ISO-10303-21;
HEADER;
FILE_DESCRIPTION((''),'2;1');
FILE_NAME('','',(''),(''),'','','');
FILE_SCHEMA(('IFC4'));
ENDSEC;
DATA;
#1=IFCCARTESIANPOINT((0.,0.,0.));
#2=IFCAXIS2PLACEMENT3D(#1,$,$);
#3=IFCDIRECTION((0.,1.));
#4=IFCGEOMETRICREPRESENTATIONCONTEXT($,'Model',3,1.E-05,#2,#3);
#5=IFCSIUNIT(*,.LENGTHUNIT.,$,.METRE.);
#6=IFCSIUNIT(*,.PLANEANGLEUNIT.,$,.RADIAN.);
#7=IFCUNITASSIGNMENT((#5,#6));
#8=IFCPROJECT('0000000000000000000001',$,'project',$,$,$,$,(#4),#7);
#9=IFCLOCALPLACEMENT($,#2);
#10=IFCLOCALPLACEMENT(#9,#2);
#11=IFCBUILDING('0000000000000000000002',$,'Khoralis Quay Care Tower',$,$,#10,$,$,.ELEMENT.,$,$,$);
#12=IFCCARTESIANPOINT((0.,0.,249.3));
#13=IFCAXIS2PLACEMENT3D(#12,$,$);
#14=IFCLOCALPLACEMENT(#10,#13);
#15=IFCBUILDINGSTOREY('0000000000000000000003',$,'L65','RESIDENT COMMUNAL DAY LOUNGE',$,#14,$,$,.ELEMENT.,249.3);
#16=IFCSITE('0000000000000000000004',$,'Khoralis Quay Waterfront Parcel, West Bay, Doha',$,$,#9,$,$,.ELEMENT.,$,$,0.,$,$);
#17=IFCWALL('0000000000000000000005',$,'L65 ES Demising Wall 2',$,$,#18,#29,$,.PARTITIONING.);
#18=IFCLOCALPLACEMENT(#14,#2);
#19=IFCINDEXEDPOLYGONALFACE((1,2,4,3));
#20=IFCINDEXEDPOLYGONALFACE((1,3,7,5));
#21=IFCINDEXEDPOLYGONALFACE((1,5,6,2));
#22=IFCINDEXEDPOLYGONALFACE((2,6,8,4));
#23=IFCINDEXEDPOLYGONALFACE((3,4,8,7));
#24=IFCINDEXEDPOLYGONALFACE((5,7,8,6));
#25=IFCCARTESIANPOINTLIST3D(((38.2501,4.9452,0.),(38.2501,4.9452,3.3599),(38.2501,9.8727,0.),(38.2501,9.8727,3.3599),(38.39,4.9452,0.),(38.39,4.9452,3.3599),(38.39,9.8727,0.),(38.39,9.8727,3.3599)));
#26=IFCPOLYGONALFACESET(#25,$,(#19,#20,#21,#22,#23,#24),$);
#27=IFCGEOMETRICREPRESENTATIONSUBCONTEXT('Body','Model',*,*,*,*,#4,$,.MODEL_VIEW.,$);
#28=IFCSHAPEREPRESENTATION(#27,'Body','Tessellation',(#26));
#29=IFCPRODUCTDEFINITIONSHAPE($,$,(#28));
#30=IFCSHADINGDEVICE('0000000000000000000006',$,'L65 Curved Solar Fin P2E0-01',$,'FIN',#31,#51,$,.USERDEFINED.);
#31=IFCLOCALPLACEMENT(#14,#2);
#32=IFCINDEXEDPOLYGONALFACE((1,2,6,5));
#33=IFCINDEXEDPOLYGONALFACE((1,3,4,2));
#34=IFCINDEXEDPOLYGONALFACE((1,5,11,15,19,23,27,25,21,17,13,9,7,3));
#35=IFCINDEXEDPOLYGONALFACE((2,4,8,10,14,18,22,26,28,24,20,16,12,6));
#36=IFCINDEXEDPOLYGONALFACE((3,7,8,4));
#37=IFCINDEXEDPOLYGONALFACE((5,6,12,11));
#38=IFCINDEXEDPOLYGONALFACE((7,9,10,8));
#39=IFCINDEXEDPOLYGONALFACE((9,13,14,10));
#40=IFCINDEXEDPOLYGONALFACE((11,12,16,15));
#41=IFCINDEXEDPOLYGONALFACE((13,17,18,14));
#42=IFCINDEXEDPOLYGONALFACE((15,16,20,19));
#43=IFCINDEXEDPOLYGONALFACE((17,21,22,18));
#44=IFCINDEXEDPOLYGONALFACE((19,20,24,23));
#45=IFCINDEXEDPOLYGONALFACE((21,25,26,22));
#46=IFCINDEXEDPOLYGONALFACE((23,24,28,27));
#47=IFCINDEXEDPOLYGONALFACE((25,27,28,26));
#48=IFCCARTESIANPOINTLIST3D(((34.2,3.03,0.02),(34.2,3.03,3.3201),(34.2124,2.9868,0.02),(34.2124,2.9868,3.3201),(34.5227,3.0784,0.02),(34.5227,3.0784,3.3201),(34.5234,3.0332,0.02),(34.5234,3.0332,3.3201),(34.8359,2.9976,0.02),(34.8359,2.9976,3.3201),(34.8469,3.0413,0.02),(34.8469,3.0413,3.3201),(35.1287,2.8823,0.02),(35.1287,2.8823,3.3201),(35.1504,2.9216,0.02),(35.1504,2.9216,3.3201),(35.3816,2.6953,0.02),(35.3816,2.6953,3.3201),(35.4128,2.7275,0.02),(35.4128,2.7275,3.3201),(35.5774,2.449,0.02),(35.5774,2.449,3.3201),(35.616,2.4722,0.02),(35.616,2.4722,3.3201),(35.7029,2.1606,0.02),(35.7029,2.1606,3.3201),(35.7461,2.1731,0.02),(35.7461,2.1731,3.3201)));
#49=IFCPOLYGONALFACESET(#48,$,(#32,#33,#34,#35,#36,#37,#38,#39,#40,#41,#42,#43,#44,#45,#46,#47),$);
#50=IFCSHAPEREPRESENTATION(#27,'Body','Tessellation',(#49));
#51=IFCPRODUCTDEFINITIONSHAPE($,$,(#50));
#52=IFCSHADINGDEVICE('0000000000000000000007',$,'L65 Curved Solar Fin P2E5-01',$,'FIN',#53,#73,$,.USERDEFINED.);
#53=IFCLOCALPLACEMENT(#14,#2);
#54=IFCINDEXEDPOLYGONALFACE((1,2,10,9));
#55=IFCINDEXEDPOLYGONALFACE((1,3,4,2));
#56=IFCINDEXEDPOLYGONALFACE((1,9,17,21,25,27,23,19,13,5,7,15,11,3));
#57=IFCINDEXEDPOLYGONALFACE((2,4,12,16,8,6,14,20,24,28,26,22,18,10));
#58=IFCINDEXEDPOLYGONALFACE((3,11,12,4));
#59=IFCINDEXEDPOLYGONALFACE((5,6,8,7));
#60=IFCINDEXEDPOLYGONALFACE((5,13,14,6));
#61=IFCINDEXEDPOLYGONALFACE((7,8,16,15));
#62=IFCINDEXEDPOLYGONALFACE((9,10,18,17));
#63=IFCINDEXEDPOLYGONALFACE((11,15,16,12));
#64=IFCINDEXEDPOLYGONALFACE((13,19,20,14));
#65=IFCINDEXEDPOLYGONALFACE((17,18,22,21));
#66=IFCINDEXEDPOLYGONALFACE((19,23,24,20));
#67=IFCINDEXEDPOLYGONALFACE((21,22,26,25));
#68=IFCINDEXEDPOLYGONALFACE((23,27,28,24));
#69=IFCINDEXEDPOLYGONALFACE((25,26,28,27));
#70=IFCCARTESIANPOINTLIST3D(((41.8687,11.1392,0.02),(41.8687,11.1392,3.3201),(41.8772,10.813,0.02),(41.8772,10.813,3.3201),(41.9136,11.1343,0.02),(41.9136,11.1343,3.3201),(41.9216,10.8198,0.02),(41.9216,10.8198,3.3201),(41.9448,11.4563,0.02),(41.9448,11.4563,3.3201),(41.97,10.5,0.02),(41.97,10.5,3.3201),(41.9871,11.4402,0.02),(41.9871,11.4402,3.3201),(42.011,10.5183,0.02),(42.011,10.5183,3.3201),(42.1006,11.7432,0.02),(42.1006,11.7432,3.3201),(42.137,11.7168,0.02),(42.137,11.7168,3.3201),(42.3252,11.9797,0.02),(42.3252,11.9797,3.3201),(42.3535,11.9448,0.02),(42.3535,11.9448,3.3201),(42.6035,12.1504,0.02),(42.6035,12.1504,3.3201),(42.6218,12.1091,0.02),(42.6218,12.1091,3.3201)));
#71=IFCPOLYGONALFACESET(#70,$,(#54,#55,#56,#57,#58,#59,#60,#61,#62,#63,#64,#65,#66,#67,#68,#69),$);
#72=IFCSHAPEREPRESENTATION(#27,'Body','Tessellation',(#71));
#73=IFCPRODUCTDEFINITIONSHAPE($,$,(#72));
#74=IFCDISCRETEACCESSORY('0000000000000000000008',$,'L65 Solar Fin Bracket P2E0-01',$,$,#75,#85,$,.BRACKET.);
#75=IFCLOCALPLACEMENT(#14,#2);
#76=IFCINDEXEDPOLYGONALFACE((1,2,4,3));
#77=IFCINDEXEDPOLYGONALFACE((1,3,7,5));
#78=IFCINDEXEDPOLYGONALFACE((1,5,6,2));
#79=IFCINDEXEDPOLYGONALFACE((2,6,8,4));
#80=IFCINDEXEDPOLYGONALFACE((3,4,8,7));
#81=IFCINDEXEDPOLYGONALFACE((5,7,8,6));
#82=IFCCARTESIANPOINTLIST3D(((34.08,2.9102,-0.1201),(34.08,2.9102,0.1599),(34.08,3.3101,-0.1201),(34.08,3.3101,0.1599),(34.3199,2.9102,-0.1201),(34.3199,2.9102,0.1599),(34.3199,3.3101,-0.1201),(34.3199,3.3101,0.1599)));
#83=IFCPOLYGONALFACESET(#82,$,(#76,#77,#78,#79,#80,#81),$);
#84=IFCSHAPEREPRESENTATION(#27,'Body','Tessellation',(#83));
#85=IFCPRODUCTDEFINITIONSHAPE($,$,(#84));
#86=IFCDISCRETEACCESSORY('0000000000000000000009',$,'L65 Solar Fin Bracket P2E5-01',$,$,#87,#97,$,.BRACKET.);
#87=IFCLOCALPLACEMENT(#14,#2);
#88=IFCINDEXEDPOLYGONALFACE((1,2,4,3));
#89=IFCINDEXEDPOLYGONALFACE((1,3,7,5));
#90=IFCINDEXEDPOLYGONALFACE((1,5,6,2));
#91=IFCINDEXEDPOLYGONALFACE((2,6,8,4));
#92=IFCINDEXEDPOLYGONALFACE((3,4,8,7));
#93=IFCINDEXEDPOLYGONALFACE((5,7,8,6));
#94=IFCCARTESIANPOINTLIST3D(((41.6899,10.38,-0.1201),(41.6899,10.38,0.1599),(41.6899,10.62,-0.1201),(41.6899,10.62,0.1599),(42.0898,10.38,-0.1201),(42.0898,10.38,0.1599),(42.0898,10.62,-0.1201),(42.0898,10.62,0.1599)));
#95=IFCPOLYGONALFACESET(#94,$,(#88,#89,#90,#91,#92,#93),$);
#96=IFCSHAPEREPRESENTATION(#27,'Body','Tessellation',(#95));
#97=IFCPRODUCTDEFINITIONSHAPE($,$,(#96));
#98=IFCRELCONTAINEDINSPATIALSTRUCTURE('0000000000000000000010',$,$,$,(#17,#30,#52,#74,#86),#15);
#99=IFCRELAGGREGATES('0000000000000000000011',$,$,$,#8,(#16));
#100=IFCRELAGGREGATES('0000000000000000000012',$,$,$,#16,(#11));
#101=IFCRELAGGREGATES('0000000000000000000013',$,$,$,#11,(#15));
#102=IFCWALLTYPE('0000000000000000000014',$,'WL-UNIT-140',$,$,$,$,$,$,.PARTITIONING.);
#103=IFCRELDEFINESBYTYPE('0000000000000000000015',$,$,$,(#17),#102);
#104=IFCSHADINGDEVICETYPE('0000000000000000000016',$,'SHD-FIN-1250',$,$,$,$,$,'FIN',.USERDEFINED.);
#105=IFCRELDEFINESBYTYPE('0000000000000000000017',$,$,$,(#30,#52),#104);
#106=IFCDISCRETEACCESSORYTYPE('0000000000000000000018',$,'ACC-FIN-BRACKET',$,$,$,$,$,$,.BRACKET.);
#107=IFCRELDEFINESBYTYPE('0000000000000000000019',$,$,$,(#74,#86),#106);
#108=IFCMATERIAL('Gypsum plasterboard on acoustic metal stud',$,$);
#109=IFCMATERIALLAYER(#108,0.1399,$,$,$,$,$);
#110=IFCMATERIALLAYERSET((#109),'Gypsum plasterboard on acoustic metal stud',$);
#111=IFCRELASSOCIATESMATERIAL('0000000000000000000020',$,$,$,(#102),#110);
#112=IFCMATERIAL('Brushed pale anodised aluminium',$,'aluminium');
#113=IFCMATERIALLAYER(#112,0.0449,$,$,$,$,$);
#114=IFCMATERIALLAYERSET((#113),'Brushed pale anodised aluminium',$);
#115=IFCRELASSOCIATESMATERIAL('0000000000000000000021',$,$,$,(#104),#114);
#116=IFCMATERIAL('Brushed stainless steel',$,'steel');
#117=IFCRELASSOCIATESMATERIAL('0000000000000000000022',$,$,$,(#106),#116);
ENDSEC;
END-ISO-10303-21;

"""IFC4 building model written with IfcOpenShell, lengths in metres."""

from ifc_helpers import new_model, si_unit, direction, frame, frame_2d, origin, origin_2d, place, context, subcontext, project, spatial, polyline, rectangle, outline, extrude, source, transform, mapped, material, layer, layer_set, type_object, element, save


model = new_model("IFC4")

# Units and contexts
model_context = context("Model", 3, precision=1e-05, world=origin(), true_north=direction((0.0, 1.0)))
body_context = subcontext(model_context, "Body", "Model", "MODEL_VIEW")
ifc_project = project(units=[si_unit("LENGTHUNIT", "METRE"), si_unit("PLANEANGLEUNIT", "RADIAN")], contexts=[model_context])

# Site, building, storey
site_placement = place(None, origin())
site = spatial("IfcSite", under=ifc_project, at=site_placement, Name="Khoralis Quay Waterfront Parcel, West Bay, Doha", CompositionType="ELEMENT", RefElevation=0.0)
building_placement = place(site_placement, origin())
building = spatial("IfcBuilding", under=site, at=building_placement, Name="Khoralis Quay Care Tower", CompositionType="ELEMENT")
storey_placement = place(building_placement, frame((0.0, 0.0, 249.3)))
storey = spatial("IfcBuildingStorey", under=building, at=storey_placement, Name="L65", Description="RESIDENT COMMUNAL DAY LOUNGE", CompositionType="ELEMENT", Elevation=249.3)

# Shared definitions
ifc_material_1 = material(Name="Gypsum plasterboard on acoustic metal stud")

# Wall
ifc_layer_1 = layer(ifc_material_1, 0.1399)
ifc_layer_set_1 = layer_set([ifc_layer_1], Name="Gypsum plasterboard on acoustic metal stud")
wall_type_1 = type_object("IfcWallType", Name="WL-UNIT-140", PredefinedType="PARTITIONING", material=ifc_layer_set_1)
wall_1_placement = place(storey_placement, frame((38.3201, 4.9451, 0.0), z_axis=(0.0, 0.0, 1.0), x_axis=(0.0, 1.0, 0.0)))
element("IfcWall", 1, at=wall_1_placement, inside=storey, type_object=wall_type_1, Name="L65 ES Demising Wall 2", PredefinedType="PARTITIONING", context=body_context, shape_type="SweptSolid", body=[
    extrude(rectangle(XDim=4.9275, YDim=0.1399, at=frame_2d((2.4639, 0.0))), origin(), (0.0, 0.0, 1.0), 3.3599),
])

# Shading devices
ifc_material_2 = material(Name="Brushed pale anodised aluminium", Category="aluminium")
ifc_layer_2 = layer(ifc_material_2, 0.0449)
ifc_layer_set_2 = layer_set([ifc_layer_2], Name="Brushed pale anodised aluminium")
shading_device_type = type_object("IfcShadingDeviceType", Name="SHD-FIN-1250", ElementType="FIN", PredefinedType="USERDEFINED", material=ifc_layer_set_2)
shared_shape_1 = source(origin(), body_context, "Body", "SweptSolid", [
    extrude(outline(polyline([(0.0, 0.0), (-0.0483, 0.3228), (-0.0112, 0.647), (0.1084, 0.9504), (0.3025, 1.2129), (0.5579, 1.416), (0.8569, 1.5461), (0.8694, 1.5029), (0.5811, 1.3774), (0.3347, 1.1816), (0.1477, 0.9287), (0.0325, 0.636), (-0.0032, 0.3235), (0.0432, 0.0125), (0.0, 0.0)])), origin(), (0.0, 0.0, 1.0), 3.3),
])
shading_device_1_placement = place(storey_placement, frame((34.2, 3.03, 0.02), z_axis=(0.0, 0.0, 1.0), x_axis=(0.0, -1.0, 0.0)))
element("IfcShadingDevice", 2, at=shading_device_1_placement, inside=storey, type_object=shading_device_type, Name="L65 Curved Solar Fin P2E0-01", ObjectType="FIN", PredefinedType="USERDEFINED", context=body_context, shape_type="MappedRepresentation", body=[
    mapped(shared_shape_1, transform((0.0, 0.0, 0.0), scale=1.0)),
])
shared_shape_2 = source(origin(), body_context, "Body", "SweptSolid", [
    extrude(outline(polyline([(0.0, 0.0), (-0.0928, 0.313), (-0.1013, 0.6392), (-0.0251, 0.9563), (0.1306, 1.2432), (0.3552, 1.4797), (0.6335, 1.6504), (0.6519, 1.6091), (0.3835, 1.4448), (0.167, 1.2168), (0.0171, 0.9402), (-0.0564, 0.6343), (-0.0483, 0.3198), (0.041, 0.0183), (0.0, 0.0)])), origin(), (0.0, 0.0, 1.0), 3.3),
])
shading_device_2_placement = place(storey_placement, frame((41.97, 10.5, 0.02), z_axis=(0.0, 0.0, 1.0), x_axis=(1.0, 0.0, 0.0)))
element("IfcShadingDevice", 3, at=shading_device_2_placement, inside=storey, type_object=shading_device_type, Name="L65 Curved Solar Fin P2E5-01", ObjectType="FIN", PredefinedType="USERDEFINED", context=body_context, shape_type="MappedRepresentation", body=[
    mapped(shared_shape_2, transform((0.0, 0.0, 0.0), scale=1.0)),
])

# Discrete accessories
ifc_material_3 = material(Name="Brushed stainless steel", Category="steel")
discrete_accessory_type = type_object("IfcDiscreteAccessoryType", Name="ACC-FIN-BRACKET", PredefinedType="BRACKET", material=ifc_material_3)
shared_shape_3 = source(origin(), body_context, "Body", "SweptSolid", [
    extrude(rectangle(XDim=0.3999, YDim=0.24, at=origin_2d()), origin(), (0.0, 0.0, 1.0), 0.28),
])
for number, where, z_axis, x_axis, name in (
    (4, (34.2, 3.1101, -0.1201), (0.0, 0.0, 1.0), (0.0, -1.0, 0.0), "L65 Solar Fin Bracket P2E0-01"),
    (5, (41.8899, 10.5, -0.1201), (0.0, 0.0, 1.0), (1.0, 0.0, 0.0), "L65 Solar Fin Bracket P2E5-01"),
):
    element("IfcDiscreteAccessory", number, at=place(storey_placement, frame(where, z_axis=z_axis, x_axis=x_axis)), inside=storey, type_object=discrete_accessory_type, Name=name, PredefinedType="BRACKET", context=body_context, shape_type="MappedRepresentation", body=[
        mapped(shared_shape_3, transform((0.0, 0.0, 0.0), scale=1.0)),
    ])

save(model, "model.ifc")
